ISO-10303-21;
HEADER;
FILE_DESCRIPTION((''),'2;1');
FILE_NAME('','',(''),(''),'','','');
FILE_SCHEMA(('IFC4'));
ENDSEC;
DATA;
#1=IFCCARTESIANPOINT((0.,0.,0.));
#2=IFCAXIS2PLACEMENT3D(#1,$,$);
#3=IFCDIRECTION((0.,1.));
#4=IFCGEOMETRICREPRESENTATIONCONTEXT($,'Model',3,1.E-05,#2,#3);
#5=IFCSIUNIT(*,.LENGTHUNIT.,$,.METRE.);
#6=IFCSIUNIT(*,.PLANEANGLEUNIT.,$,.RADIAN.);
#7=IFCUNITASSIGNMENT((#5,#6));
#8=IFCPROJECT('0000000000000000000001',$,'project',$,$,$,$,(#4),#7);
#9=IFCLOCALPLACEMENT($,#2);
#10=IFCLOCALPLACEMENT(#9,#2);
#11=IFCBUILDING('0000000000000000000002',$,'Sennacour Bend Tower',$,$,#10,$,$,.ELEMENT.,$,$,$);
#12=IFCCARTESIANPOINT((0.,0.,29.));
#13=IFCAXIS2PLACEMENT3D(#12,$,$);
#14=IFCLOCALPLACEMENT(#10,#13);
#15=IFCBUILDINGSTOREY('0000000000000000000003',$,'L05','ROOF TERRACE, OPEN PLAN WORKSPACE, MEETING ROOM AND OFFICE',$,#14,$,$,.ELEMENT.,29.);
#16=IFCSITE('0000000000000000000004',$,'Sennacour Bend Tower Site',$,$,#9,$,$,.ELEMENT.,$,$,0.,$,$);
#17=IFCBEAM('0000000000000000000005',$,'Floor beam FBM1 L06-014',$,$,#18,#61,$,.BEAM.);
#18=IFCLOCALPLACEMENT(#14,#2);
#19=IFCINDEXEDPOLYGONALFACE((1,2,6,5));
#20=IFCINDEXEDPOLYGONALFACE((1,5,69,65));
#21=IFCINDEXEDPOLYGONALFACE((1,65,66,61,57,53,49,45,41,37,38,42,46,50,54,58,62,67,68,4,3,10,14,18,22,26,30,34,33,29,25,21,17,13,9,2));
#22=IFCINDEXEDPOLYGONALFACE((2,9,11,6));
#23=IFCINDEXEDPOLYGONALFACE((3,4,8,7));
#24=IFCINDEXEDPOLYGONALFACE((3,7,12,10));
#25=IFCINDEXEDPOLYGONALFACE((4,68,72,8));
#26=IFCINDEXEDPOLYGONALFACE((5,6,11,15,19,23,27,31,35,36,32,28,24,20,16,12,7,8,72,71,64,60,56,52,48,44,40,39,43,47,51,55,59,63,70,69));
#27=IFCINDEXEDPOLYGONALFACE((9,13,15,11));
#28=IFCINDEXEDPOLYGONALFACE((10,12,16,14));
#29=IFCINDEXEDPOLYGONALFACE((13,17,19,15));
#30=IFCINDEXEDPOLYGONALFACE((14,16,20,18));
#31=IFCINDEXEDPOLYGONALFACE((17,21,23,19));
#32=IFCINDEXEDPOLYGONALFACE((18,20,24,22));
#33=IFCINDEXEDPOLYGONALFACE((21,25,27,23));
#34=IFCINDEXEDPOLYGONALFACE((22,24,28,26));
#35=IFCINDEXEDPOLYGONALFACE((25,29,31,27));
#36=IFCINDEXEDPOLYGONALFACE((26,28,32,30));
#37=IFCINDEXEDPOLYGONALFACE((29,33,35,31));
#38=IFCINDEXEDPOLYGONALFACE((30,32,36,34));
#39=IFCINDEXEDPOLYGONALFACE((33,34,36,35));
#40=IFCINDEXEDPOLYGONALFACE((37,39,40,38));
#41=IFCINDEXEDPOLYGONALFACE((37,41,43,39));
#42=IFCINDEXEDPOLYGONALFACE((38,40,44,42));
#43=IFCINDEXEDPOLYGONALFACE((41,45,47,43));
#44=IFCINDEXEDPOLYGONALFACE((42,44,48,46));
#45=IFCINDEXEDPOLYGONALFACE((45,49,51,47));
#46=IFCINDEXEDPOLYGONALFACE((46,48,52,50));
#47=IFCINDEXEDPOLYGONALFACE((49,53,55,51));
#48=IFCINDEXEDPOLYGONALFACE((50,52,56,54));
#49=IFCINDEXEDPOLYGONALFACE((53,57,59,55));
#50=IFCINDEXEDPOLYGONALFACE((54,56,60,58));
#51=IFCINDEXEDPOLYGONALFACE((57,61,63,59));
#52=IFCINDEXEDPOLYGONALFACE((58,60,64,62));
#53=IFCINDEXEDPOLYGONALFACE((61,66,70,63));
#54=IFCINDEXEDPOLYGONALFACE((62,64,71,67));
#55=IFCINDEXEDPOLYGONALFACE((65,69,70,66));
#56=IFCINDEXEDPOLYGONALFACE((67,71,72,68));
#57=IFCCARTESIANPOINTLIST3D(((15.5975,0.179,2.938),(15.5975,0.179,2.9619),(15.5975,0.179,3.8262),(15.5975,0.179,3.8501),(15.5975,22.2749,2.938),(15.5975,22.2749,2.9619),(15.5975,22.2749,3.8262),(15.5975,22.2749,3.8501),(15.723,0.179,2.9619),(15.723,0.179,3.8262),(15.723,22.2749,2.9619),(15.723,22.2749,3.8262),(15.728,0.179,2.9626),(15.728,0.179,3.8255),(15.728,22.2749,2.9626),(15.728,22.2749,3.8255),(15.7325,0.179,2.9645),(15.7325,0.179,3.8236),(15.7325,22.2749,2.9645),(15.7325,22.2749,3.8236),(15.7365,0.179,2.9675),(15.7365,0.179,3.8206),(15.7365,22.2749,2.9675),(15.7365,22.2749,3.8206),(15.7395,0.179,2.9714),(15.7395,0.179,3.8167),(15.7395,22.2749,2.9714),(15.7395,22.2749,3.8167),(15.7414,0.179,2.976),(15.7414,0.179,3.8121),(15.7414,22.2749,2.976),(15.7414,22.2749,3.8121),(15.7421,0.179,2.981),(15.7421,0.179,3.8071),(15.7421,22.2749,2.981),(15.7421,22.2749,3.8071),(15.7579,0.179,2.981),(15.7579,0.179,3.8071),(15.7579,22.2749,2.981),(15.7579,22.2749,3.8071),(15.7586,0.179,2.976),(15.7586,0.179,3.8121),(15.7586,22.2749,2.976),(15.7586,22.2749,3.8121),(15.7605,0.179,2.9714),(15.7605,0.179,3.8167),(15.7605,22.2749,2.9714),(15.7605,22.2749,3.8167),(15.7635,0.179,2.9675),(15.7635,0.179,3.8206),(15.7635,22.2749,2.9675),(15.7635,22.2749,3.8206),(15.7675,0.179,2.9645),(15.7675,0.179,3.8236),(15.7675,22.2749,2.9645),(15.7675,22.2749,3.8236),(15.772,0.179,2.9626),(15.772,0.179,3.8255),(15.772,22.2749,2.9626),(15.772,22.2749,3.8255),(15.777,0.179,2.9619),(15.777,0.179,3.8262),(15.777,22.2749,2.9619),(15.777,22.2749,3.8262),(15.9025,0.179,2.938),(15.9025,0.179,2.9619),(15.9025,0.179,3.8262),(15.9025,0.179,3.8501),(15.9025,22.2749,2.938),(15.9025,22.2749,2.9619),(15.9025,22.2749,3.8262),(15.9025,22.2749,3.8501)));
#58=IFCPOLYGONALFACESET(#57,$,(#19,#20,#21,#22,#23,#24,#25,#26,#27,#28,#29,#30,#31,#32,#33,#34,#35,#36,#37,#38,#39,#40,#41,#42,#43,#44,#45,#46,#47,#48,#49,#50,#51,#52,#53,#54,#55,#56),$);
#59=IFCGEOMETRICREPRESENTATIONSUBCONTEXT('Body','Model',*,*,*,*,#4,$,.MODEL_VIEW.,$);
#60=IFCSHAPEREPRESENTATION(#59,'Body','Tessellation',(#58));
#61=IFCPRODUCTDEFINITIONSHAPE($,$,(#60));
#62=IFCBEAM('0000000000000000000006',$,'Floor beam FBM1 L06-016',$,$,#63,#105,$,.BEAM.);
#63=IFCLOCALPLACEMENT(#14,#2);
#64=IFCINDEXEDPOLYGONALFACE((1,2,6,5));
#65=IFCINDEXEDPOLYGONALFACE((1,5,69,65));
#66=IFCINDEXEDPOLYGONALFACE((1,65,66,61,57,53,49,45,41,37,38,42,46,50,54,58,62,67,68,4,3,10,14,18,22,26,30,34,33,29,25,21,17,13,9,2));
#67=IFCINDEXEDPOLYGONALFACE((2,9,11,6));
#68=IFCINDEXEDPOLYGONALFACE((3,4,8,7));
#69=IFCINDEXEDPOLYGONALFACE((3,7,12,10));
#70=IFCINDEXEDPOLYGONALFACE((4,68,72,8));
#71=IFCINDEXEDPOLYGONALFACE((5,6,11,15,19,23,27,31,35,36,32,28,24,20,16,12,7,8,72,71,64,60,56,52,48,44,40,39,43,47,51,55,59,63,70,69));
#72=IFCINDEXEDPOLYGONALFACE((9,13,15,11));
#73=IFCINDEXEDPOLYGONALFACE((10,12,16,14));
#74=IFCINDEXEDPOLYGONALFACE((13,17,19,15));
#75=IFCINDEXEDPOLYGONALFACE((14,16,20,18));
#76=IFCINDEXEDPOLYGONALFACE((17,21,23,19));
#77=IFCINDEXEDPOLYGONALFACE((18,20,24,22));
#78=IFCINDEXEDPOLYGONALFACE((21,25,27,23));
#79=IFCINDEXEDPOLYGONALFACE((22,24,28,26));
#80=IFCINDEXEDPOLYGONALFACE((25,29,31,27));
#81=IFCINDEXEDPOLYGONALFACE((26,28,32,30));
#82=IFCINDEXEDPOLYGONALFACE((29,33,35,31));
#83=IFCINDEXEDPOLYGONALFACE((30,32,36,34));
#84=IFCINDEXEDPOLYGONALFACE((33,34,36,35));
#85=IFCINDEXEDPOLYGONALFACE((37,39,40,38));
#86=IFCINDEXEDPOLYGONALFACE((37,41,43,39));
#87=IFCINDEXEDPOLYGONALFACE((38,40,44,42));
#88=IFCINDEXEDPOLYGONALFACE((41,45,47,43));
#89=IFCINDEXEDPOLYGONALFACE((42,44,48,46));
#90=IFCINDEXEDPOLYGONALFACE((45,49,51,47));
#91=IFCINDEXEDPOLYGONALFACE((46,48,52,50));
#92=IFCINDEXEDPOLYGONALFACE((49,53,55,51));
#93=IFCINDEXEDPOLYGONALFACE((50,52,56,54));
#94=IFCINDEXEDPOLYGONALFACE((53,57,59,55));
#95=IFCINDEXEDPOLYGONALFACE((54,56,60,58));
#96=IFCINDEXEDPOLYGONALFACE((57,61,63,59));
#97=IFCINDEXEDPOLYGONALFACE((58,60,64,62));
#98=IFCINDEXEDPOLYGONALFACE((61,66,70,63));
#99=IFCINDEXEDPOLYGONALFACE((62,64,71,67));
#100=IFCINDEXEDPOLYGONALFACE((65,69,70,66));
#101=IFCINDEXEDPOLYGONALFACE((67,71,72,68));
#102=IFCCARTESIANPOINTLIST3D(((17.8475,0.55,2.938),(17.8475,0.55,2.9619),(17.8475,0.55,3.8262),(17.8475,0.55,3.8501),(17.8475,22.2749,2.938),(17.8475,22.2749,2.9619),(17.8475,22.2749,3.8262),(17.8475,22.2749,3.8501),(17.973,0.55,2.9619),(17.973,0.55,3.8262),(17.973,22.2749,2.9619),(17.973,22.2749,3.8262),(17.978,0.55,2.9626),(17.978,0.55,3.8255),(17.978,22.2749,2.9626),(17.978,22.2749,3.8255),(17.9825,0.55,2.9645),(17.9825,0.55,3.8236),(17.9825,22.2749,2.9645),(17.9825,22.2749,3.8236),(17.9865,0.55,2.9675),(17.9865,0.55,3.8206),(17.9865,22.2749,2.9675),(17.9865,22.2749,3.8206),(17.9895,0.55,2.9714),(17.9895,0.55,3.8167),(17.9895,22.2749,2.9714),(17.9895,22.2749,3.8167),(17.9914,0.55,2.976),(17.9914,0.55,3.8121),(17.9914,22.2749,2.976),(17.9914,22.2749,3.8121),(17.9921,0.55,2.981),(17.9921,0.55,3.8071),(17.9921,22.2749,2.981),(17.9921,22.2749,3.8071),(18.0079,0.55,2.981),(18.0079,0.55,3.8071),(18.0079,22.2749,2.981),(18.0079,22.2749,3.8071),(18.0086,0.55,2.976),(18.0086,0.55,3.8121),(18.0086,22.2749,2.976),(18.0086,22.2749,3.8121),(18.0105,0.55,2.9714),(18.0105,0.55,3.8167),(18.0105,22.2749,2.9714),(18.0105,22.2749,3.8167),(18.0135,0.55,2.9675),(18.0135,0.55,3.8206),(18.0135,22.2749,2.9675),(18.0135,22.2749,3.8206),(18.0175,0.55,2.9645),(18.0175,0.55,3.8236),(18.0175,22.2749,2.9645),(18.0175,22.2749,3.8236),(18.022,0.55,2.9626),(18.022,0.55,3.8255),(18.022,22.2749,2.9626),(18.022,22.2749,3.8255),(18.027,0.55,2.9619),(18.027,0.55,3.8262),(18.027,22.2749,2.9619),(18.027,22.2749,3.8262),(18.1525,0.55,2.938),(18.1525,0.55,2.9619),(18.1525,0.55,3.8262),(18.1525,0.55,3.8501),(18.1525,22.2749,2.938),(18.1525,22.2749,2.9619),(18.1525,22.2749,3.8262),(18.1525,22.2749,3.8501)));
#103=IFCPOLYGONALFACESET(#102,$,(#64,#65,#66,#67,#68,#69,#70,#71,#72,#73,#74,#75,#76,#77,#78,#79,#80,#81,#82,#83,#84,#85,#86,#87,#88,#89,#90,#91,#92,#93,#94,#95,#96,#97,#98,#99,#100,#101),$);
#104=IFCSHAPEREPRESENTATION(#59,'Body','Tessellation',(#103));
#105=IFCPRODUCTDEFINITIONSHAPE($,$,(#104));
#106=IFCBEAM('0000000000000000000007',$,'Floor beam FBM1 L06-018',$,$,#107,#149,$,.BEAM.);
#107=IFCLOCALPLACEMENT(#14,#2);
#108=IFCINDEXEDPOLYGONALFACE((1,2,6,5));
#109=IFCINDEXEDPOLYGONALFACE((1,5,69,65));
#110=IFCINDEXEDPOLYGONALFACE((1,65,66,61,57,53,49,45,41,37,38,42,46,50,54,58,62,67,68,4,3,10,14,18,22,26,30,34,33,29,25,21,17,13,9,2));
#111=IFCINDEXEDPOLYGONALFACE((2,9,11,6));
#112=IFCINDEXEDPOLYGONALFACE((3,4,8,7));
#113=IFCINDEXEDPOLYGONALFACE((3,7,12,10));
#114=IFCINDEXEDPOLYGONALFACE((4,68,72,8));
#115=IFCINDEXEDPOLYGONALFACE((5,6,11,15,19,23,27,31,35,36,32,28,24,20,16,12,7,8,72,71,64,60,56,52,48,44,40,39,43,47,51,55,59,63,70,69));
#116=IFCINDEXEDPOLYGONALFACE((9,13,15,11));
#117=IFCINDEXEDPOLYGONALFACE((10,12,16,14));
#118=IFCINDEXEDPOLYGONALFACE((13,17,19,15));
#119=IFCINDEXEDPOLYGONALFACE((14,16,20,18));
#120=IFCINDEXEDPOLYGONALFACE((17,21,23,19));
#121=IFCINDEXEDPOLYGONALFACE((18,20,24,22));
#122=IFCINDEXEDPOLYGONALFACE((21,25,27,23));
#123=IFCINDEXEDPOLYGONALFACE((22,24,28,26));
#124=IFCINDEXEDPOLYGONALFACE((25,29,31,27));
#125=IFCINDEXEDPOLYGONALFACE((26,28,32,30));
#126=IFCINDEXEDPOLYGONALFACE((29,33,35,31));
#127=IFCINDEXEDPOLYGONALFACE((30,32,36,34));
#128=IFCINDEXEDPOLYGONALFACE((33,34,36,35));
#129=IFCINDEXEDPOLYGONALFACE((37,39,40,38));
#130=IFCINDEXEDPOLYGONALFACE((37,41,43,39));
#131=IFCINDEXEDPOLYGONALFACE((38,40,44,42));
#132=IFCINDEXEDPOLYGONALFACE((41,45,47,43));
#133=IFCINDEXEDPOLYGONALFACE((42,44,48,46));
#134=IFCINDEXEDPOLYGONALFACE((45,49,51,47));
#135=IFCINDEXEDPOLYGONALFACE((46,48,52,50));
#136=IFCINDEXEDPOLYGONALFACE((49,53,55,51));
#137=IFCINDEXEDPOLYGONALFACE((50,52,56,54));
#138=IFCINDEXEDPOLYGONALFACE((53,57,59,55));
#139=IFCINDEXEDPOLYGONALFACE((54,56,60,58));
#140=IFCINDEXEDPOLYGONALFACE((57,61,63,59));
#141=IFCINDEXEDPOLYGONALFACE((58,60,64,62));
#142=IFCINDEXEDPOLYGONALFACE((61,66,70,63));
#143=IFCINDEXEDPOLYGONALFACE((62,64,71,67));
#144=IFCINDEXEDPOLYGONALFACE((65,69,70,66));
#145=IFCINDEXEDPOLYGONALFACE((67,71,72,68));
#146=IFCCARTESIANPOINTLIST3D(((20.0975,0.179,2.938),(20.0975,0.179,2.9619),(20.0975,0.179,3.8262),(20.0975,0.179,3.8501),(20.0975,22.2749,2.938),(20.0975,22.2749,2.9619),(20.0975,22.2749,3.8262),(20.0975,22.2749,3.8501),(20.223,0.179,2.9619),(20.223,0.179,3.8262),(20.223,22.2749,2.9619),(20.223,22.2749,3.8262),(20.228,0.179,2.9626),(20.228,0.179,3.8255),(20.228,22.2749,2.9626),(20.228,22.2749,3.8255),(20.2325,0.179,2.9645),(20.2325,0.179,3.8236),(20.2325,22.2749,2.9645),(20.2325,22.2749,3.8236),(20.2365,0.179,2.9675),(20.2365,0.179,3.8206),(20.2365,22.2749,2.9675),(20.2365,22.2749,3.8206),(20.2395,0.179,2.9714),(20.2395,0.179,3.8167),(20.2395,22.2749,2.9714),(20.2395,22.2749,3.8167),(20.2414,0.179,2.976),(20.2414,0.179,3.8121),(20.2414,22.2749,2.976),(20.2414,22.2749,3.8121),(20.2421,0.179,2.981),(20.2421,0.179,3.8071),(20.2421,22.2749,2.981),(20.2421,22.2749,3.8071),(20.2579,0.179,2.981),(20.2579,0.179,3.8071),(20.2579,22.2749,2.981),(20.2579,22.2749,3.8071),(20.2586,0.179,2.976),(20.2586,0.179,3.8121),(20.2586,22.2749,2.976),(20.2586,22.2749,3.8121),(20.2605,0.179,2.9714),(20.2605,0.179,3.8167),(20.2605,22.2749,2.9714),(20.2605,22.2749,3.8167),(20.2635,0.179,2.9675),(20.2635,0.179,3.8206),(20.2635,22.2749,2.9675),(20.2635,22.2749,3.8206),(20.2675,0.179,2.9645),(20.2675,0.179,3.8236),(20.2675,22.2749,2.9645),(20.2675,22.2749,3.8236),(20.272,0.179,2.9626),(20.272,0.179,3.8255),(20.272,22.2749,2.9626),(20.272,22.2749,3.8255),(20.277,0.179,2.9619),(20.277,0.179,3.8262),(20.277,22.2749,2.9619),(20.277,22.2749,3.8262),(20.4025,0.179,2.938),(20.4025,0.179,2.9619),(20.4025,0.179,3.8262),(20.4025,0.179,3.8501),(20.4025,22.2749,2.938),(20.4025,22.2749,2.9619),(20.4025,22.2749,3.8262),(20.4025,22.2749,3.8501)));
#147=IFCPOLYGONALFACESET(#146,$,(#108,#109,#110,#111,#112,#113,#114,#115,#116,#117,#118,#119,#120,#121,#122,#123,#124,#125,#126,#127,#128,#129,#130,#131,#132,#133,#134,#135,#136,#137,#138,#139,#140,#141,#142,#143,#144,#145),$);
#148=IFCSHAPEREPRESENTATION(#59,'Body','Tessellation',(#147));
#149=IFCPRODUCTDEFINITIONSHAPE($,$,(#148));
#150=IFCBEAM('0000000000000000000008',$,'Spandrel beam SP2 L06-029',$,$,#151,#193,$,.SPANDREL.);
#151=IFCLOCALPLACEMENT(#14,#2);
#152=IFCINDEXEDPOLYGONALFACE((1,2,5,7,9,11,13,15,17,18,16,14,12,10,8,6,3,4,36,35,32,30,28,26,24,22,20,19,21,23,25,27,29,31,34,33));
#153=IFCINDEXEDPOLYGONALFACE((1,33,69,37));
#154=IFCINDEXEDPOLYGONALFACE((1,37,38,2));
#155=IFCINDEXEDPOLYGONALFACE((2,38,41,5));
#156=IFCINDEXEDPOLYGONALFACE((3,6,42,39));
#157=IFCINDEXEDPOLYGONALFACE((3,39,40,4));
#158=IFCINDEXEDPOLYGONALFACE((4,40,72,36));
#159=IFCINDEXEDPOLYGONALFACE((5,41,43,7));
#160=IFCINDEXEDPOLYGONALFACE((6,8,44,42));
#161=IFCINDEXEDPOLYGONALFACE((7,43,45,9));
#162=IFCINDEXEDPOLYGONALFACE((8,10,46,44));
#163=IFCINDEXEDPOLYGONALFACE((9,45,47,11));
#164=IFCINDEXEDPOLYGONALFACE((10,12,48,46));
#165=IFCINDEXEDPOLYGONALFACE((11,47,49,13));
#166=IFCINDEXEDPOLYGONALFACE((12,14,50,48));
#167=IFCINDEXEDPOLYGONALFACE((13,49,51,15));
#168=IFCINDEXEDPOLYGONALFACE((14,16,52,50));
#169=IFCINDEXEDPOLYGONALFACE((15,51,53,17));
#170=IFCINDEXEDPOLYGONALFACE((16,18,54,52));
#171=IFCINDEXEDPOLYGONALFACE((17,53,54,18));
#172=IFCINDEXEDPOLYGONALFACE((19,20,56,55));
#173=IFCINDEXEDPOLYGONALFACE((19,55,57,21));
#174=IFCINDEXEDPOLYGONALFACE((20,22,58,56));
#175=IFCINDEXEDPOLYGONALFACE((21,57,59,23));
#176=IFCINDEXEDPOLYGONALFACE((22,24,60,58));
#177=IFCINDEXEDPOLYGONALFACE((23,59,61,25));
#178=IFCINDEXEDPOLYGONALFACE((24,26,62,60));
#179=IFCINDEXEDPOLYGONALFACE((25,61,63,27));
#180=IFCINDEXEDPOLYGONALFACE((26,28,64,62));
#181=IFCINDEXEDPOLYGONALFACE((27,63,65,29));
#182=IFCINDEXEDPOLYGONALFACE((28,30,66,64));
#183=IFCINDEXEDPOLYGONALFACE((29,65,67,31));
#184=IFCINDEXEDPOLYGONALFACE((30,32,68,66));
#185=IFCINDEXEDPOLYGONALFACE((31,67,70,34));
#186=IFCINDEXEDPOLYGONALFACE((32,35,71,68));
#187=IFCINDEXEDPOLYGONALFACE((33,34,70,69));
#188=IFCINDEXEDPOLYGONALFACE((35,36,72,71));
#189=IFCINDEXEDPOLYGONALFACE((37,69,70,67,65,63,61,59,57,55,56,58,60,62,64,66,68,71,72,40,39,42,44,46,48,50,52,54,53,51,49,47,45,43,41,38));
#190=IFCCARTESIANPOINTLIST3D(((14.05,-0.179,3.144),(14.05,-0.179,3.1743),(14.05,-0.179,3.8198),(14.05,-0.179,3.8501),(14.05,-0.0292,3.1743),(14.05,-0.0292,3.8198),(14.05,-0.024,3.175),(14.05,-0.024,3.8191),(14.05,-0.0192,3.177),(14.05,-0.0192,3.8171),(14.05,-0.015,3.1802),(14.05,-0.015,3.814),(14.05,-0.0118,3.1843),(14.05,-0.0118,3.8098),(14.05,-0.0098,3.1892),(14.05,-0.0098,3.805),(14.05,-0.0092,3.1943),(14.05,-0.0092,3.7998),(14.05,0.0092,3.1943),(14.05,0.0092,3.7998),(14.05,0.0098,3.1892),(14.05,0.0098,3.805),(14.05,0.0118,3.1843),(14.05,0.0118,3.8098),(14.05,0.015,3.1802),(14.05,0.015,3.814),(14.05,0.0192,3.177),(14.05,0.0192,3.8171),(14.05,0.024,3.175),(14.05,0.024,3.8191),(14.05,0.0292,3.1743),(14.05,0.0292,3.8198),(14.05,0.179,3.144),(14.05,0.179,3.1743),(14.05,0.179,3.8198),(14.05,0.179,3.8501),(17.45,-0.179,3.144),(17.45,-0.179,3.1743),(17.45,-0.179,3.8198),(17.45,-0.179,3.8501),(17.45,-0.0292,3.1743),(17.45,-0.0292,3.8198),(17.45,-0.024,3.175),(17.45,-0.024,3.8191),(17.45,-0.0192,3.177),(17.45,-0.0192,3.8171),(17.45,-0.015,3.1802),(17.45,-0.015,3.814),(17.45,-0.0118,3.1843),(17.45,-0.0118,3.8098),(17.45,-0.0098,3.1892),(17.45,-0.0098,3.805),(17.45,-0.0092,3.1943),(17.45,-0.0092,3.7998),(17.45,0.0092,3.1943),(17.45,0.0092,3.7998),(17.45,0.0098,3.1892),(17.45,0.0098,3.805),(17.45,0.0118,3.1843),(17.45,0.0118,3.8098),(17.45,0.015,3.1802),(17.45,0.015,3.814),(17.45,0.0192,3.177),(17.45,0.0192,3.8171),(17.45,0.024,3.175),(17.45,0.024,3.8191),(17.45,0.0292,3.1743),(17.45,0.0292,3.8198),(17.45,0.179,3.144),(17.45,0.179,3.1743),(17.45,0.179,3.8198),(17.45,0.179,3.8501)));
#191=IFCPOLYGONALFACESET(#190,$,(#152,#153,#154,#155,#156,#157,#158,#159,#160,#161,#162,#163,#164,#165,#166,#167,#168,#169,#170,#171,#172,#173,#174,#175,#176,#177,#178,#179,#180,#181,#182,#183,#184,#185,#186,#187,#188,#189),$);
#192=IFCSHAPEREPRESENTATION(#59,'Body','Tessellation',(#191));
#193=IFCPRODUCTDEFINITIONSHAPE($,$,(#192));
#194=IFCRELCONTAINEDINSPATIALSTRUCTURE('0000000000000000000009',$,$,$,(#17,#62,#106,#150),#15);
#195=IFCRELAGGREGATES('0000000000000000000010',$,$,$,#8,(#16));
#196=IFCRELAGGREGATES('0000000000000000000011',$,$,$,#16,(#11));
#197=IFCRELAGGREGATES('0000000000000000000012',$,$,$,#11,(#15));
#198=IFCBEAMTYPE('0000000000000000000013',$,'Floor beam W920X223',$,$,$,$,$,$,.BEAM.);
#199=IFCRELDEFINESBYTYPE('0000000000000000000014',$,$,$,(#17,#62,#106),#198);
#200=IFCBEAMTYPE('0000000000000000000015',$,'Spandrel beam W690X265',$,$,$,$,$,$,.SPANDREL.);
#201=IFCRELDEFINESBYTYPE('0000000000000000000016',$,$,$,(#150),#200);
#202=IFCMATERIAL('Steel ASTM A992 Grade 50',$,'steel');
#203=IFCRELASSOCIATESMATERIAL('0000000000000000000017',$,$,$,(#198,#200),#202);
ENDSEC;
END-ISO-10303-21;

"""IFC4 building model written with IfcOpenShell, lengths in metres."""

from ifc_helpers import new_model, si_unit, direction, frame, origin, origin_2d, place, context, subcontext, project, spatial, i_section, extrude, material, material_profile, profile_set, type_object, element, save


model = new_model("IFC4")

# Units and contexts
model_context = context("Model", 3, precision=1e-05, world=origin(), true_north=direction((0.0, 1.0)))
body_context = subcontext(model_context, "Body", "Model", "MODEL_VIEW")
ifc_project = project(units=[si_unit("LENGTHUNIT", "METRE"), si_unit("PLANEANGLEUNIT", "RADIAN")], contexts=[model_context])

# Site, building, storey
site_placement = place(None, origin())
site = spatial("IfcSite", under=ifc_project, at=site_placement, Name="Sennacour Bend Tower Site", CompositionType="ELEMENT", RefElevation=0.0)
building_placement = place(site_placement, origin())
building = spatial("IfcBuilding", under=site, at=building_placement, Name="Sennacour Bend Tower", CompositionType="ELEMENT")
storey_placement = place(building_placement, frame((0.0, 0.0, 29.0)))
storey = spatial("IfcBuildingStorey", under=building, at=storey_placement, Name="L05", Description="ROOF TERRACE, OPEN PLAN WORKSPACE, MEETING ROOM AND OFFICE", CompositionType="ELEMENT", Elevation=29.0)

# Beams
ifc_material_1 = material(Name="Steel ASTM A992 Grade 50", Category="steel")
ifc_material_profile_1 = material_profile(ifc_material_1, i_section(OverallWidth=0.3049, OverallDepth=0.9121, WebThickness=0.0159, FlangeThickness=0.0239, FilletRadius=0.019, at=origin_2d()), Name="Steel ASTM A992 Grade 50", Category="steel")
ifc_profile_set_1 = profile_set([ifc_material_profile_1], Name="Steel ASTM A992 Grade 50")
beam_type_1 = type_object("IfcBeamType", Name="Floor beam W920X223", PredefinedType="BEAM", material=ifc_profile_set_1)
beam_1_placement = place(storey_placement, frame((15.75, 0.179, 3.394), z_axis=(0.0, 1.0, 0.0), x_axis=(-1.0, 0.0, 0.0)))
element("IfcBeam", 1, at=beam_1_placement, inside=storey, type_object=beam_type_1, Name="Floor beam FBM1 L06-014", PredefinedType="BEAM", context=body_context, shape_type="SweptSolid", body=[
    extrude(i_section(OverallWidth=0.3049, OverallDepth=0.9121, WebThickness=0.0159, FlangeThickness=0.0239, FilletRadius=0.019, at=origin_2d()), origin(), (0.0, 0.0, 1.0), 22.0959),
])
beam_2_placement = place(storey_placement, frame((18.0, 0.55, 3.394), z_axis=(0.0, 1.0, 0.0), x_axis=(-1.0, 0.0, 0.0)))
element("IfcBeam", 2, at=beam_2_placement, inside=storey, type_object=beam_type_1, Name="Floor beam FBM1 L06-016", PredefinedType="BEAM", context=body_context, shape_type="SweptSolid", body=[
    extrude(i_section(OverallWidth=0.3049, OverallDepth=0.9121, WebThickness=0.0159, FlangeThickness=0.0239, FilletRadius=0.019, at=origin_2d()), origin(), (0.0, 0.0, 1.0), 21.7249),
])
beam_3_placement = place(storey_placement, frame((20.25, 0.179, 3.394), z_axis=(0.0, 1.0, 0.0), x_axis=(-1.0, 0.0, 0.0)))
element("IfcBeam", 3, at=beam_3_placement, inside=storey, type_object=beam_type_1, Name="Floor beam FBM1 L06-018", PredefinedType="BEAM", context=body_context, shape_type="SweptSolid", body=[
    extrude(i_section(OverallWidth=0.3049, OverallDepth=0.9121, WebThickness=0.0159, FlangeThickness=0.0239, FilletRadius=0.019, at=origin_2d()), origin(), (0.0, 0.0, 1.0), 22.0959),
])
ifc_material_profile_2 = material_profile(ifc_material_1, i_section(OverallWidth=0.3579, OverallDepth=0.7061, WebThickness=0.0183, FlangeThickness=0.0303, FilletRadius=0.02, at=origin_2d()), Name="Steel ASTM A992 Grade 50", Category="steel")
ifc_profile_set_2 = profile_set([ifc_material_profile_2], Name="Steel ASTM A992 Grade 50")
beam_type_2 = type_object("IfcBeamType", Name="Spandrel beam W690X265", PredefinedType="SPANDREL", material=ifc_profile_set_2)
for number, where, z_axis, x_axis, name in (
    (4, (17.45, 0.0, 3.4971), (-1.0, 0.0, 0.0), (0.0, -1.0, 0.0), "Spandrel beam SP2 L06-029"),
):
    element("IfcBeam", number, at=place(storey_placement, frame(where, z_axis=z_axis, x_axis=x_axis)), inside=storey, type_object=beam_type_2, Name=name, PredefinedType="SPANDREL", context=body_context, shape_type="SweptSolid", body=[
        extrude(i_section(OverallWidth=0.3579, OverallDepth=0.7061, WebThickness=0.0183, FlangeThickness=0.0303, FilletRadius=0.02, at=origin_2d()), origin(), (0.0, 0.0, 1.0), 3.3999),
    ])

save(model, "model.ifc")
